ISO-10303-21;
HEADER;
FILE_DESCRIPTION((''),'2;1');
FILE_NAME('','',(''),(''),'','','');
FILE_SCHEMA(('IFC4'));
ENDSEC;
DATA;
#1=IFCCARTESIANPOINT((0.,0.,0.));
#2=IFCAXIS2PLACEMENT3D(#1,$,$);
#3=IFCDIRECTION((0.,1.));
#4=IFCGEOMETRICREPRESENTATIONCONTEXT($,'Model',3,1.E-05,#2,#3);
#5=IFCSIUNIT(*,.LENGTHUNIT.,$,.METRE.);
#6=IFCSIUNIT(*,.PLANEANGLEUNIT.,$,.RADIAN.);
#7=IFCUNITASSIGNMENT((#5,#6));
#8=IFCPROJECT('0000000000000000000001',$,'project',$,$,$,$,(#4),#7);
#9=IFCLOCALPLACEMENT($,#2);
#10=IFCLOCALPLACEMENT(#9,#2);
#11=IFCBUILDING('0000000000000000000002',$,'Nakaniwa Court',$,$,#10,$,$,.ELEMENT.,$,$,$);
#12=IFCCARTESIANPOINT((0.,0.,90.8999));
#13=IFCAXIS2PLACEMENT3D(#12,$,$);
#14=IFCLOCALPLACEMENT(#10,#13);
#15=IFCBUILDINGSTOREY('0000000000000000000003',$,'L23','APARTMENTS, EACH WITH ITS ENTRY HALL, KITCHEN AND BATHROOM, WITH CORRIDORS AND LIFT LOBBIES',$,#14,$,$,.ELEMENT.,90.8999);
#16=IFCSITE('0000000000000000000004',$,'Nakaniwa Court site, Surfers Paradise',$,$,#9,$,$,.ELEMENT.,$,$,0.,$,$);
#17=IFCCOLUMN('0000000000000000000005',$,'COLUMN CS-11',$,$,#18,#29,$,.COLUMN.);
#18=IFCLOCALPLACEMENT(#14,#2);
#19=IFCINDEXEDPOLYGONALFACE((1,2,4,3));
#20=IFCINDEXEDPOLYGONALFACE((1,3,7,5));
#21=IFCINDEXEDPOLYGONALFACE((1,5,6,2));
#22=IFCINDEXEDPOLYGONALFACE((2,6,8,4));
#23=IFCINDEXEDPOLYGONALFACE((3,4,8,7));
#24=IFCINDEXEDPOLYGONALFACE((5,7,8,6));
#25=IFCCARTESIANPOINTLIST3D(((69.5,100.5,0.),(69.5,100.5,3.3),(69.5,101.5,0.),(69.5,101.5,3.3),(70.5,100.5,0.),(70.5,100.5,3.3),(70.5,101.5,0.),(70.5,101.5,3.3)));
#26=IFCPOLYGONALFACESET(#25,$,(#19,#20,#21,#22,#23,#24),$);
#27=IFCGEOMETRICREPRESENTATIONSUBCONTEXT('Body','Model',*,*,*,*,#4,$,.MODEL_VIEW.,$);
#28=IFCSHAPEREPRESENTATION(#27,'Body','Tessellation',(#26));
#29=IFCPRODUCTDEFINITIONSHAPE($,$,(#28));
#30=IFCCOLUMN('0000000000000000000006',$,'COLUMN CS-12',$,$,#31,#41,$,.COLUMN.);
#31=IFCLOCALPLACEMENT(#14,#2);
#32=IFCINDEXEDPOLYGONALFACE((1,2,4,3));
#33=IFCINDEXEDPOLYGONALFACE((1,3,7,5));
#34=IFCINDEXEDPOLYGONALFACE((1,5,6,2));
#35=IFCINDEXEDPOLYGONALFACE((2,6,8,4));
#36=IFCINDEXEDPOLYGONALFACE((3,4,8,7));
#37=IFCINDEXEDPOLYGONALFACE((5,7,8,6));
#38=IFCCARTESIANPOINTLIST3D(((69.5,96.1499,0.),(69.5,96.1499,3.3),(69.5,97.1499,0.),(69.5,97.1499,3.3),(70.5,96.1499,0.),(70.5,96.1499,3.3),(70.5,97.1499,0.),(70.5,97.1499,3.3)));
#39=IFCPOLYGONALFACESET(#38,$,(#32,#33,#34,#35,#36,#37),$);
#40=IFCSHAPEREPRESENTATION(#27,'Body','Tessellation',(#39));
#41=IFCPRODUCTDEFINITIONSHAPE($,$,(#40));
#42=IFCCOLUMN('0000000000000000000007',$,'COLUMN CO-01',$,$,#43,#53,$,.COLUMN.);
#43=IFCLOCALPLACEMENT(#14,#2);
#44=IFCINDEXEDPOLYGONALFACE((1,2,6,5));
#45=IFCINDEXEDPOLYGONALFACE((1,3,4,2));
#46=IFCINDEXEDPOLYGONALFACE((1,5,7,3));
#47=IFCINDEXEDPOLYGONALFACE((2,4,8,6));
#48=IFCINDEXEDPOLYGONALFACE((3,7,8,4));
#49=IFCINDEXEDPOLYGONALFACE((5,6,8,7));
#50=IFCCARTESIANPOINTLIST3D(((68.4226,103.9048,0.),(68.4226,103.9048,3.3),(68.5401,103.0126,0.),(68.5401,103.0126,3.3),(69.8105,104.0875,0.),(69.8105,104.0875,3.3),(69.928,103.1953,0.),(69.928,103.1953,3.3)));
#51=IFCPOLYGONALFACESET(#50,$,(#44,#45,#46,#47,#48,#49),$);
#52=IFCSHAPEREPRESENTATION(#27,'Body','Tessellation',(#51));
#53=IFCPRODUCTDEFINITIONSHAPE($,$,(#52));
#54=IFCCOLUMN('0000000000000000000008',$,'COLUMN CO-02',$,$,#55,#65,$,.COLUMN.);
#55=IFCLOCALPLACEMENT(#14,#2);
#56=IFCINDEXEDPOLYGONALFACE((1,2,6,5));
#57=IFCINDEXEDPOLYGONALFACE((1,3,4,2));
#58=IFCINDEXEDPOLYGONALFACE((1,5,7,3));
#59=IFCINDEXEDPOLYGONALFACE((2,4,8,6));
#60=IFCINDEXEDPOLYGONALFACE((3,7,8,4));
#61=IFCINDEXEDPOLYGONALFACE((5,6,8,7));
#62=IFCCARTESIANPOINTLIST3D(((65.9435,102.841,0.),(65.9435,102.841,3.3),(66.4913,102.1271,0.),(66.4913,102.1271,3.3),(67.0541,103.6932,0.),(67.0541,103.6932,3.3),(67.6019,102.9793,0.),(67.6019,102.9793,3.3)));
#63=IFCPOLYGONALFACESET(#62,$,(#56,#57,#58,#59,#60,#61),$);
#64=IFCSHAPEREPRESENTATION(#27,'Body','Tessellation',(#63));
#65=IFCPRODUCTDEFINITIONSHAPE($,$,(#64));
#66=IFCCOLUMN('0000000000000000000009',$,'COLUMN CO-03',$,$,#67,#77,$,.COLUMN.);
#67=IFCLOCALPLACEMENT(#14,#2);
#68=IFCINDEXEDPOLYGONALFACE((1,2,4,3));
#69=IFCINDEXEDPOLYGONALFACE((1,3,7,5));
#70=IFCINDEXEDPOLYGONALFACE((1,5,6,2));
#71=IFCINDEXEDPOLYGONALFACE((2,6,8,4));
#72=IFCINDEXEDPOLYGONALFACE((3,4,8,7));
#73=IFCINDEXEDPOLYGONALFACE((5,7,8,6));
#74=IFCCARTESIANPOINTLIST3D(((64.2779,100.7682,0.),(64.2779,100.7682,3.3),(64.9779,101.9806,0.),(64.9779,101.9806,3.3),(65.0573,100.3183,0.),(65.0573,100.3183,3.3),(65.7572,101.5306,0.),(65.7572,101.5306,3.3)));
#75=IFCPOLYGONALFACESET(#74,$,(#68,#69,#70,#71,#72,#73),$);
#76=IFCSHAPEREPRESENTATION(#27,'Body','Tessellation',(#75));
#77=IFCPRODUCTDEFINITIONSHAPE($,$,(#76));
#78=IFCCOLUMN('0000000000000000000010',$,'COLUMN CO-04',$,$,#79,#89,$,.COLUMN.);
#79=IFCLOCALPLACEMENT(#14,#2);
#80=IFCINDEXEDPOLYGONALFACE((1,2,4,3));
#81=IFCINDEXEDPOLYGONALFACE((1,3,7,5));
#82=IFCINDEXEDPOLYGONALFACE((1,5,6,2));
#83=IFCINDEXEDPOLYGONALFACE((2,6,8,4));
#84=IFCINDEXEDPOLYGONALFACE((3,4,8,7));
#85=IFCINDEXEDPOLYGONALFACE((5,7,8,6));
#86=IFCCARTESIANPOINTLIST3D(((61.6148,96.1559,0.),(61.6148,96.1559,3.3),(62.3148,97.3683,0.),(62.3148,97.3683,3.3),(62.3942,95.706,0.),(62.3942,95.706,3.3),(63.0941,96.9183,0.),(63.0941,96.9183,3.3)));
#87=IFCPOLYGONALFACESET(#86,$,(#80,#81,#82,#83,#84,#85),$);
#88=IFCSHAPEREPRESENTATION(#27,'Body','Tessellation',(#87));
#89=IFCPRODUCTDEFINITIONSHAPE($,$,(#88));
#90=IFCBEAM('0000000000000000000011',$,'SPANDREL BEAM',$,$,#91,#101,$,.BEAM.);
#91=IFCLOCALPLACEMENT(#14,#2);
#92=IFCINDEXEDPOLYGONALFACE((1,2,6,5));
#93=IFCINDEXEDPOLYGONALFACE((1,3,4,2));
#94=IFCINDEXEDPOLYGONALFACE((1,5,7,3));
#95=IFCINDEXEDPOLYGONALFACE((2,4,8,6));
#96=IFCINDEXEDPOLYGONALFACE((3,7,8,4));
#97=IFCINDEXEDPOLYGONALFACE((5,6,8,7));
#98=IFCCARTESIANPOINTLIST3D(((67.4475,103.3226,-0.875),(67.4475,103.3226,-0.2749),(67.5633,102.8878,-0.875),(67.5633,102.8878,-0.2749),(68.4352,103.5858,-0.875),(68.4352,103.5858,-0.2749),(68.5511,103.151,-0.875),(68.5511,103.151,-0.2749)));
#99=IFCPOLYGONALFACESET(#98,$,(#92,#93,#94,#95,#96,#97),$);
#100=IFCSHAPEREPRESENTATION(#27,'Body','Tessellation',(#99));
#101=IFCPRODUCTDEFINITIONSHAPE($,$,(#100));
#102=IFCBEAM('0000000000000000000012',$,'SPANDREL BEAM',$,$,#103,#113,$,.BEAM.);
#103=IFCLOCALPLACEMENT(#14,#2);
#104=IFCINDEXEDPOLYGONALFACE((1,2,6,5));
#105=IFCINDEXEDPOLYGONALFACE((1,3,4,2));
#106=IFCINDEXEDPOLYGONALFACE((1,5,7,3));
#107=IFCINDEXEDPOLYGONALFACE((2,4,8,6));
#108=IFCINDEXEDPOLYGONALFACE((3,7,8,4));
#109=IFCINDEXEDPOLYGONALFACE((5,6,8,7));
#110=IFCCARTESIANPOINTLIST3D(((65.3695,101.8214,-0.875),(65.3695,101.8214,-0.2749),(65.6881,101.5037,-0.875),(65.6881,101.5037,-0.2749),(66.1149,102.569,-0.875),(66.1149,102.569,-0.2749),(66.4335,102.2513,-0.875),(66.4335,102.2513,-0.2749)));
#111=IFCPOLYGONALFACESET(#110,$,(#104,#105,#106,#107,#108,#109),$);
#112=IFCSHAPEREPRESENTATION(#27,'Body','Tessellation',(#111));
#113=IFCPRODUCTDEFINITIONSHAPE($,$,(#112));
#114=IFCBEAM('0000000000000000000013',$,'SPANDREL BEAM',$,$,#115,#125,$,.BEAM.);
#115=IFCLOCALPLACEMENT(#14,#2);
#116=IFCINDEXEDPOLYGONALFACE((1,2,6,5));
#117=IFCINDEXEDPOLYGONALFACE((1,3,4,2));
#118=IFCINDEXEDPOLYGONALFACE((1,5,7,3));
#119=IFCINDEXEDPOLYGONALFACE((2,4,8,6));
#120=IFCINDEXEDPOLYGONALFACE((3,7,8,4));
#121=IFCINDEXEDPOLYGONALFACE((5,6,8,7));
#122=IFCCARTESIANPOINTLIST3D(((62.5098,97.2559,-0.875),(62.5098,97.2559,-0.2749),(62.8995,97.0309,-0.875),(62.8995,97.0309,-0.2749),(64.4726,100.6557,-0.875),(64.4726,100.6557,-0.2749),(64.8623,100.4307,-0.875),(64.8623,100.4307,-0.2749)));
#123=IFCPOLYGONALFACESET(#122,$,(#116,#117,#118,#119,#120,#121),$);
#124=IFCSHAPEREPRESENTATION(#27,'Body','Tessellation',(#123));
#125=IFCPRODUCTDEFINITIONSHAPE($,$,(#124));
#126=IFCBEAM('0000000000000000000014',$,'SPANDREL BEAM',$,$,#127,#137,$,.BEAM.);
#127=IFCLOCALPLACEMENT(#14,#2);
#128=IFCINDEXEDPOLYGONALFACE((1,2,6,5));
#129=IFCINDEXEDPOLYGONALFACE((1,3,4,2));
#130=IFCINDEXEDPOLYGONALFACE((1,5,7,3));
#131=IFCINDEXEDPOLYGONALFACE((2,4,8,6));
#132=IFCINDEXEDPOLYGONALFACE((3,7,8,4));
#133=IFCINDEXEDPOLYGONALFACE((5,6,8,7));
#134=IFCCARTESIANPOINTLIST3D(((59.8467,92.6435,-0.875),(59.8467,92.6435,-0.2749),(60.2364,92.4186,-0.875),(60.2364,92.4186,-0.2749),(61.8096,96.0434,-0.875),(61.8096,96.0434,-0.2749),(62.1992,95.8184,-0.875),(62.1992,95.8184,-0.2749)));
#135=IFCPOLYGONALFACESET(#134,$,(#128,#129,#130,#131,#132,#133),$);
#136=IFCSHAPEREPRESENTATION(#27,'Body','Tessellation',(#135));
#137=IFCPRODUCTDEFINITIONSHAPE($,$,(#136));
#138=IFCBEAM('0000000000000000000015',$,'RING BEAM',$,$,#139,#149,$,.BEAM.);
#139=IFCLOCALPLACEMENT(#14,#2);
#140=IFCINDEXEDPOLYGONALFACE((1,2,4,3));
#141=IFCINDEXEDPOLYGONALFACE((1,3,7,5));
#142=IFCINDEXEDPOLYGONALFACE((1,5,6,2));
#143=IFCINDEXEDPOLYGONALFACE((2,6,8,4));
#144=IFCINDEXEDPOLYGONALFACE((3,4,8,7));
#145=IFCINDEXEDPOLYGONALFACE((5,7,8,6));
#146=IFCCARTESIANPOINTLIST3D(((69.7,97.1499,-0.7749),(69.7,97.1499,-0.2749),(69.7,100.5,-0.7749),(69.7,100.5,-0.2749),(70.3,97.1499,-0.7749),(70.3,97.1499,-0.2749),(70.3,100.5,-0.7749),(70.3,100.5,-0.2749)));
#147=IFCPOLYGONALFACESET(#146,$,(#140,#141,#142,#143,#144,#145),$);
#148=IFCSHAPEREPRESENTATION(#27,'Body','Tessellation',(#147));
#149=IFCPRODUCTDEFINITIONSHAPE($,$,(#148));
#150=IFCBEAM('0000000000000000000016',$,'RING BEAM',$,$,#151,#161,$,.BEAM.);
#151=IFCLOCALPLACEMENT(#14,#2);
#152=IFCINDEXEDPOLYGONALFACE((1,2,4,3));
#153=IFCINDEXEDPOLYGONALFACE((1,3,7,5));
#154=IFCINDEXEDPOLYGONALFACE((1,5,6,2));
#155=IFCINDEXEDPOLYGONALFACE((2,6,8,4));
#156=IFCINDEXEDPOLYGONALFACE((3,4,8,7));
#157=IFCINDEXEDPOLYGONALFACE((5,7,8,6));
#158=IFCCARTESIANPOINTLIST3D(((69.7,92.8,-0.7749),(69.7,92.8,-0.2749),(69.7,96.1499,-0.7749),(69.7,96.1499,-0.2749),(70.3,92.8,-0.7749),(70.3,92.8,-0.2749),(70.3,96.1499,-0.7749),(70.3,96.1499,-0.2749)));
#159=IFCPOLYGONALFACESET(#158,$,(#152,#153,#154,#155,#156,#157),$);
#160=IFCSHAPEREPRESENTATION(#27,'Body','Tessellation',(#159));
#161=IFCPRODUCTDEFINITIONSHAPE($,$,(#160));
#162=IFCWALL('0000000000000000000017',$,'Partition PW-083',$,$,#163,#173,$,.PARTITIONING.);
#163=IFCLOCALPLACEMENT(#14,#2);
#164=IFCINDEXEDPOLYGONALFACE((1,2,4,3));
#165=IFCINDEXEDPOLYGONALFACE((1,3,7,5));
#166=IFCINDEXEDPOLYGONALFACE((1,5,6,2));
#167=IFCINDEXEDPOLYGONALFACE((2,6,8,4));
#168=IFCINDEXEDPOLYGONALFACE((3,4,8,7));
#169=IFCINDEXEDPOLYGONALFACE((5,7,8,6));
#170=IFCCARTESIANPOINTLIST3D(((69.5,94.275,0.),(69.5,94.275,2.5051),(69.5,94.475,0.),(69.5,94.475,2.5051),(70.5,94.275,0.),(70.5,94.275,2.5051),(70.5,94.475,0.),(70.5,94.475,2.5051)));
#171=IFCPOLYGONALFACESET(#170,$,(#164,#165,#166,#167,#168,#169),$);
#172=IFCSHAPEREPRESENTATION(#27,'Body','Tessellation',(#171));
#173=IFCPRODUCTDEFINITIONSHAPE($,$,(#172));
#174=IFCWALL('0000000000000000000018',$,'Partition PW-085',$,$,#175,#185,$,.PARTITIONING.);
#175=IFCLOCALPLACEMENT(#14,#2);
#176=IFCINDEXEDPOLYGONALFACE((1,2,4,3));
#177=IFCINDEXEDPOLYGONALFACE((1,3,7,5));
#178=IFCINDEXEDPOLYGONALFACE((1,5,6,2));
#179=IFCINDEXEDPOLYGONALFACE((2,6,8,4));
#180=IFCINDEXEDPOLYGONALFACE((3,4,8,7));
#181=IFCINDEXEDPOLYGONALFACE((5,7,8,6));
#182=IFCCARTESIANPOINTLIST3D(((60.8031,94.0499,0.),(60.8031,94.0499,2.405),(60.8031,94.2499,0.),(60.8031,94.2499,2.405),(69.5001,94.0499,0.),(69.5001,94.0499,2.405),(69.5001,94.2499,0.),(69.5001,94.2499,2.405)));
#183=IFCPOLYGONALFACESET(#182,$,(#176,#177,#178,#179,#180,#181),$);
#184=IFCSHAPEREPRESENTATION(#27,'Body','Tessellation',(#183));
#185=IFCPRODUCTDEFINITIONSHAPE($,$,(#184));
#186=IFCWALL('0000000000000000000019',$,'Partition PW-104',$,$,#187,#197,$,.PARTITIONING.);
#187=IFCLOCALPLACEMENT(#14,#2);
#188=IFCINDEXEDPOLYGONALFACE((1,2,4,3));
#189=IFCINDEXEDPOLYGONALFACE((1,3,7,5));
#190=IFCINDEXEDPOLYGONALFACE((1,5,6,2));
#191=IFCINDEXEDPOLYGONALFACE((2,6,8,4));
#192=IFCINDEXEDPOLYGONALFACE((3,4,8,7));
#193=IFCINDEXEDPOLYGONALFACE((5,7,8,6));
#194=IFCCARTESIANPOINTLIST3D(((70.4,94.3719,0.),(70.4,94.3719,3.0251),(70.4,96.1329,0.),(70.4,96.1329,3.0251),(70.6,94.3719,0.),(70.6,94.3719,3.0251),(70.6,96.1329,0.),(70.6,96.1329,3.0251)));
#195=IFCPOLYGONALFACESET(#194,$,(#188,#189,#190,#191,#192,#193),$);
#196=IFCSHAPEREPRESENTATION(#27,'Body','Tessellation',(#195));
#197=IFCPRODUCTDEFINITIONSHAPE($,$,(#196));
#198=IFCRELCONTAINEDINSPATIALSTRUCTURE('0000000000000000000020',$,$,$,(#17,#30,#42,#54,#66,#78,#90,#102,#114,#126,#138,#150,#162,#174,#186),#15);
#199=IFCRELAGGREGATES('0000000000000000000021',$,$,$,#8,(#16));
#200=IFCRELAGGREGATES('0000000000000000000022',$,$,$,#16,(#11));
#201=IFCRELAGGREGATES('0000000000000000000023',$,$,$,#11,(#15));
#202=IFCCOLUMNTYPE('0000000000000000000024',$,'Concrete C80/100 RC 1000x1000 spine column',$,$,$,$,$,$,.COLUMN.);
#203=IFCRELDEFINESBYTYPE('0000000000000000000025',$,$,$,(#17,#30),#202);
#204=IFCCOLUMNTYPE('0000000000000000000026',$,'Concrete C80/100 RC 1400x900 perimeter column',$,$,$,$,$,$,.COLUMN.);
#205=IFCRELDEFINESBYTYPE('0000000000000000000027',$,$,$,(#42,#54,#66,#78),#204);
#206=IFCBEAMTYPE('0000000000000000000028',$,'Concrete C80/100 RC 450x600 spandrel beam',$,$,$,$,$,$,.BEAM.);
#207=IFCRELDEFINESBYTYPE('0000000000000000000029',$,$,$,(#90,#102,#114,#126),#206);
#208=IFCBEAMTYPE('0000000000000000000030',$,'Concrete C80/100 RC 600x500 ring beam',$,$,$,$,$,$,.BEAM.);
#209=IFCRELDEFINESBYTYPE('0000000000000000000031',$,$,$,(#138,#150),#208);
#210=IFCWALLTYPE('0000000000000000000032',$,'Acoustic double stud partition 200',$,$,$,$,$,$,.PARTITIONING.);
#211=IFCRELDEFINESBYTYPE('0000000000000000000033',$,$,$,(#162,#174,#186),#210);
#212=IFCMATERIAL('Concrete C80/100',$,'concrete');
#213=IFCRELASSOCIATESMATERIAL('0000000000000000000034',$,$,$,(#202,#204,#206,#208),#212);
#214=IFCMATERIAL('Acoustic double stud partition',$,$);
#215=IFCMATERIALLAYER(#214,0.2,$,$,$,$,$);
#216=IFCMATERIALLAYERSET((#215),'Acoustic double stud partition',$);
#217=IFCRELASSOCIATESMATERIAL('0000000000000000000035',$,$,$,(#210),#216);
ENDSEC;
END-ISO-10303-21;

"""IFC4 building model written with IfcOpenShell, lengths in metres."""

from ifc_helpers import new_model, si_unit, direction, frame, frame_2d, origin, origin_2d, place, context, subcontext, project, spatial, rectangle, extrude, material, layer, layer_set, material_profile, profile_set, type_object, element, save


model = new_model("IFC4")

# Units and contexts
model_context = context("Model", 3, precision=1e-05, world=origin(), true_north=direction((0.0, 1.0)))
body_context = subcontext(model_context, "Body", "Model", "MODEL_VIEW")
ifc_project = project(units=[si_unit("LENGTHUNIT", "METRE"), si_unit("PLANEANGLEUNIT", "RADIAN")], contexts=[model_context])

# Site, building, storey
site_placement = place(None, origin())
site = spatial("IfcSite", under=ifc_project, at=site_placement, Name="Nakaniwa Court site, Surfers Paradise", CompositionType="ELEMENT", RefElevation=0.0)
building_placement = place(site_placement, origin())
building = spatial("IfcBuilding", under=site, at=building_placement, Name="Nakaniwa Court", CompositionType="ELEMENT")
storey_placement = place(building_placement, frame((0.0, 0.0, 90.8999)))
storey = spatial("IfcBuildingStorey", under=building, at=storey_placement, Name="L23", Description="APARTMENTS, EACH WITH ITS ENTRY HALL, KITCHEN AND BATHROOM, WITH CORRIDORS AND LIFT LOBBIES", CompositionType="ELEMENT", Elevation=90.8999)

# Columns
ifc_material_1 = material(Name="Concrete C80/100", Category="concrete")
ifc_material_profile_1 = material_profile(ifc_material_1, rectangle(XDim=1.0, YDim=1.0, at=origin_2d()), Name="Concrete C80/100 RC 1000x1000 spine column")
ifc_profile_set_1 = profile_set([ifc_material_profile_1], Name="Concrete C80/100")
column_type_1 = type_object("IfcColumnType", Name="Concrete C80/100 RC 1000x1000 spine column", PredefinedType="COLUMN", material=ifc_profile_set_1)
for number, where, z_axis, x_axis, name in (
    (1, (70.0, 101.0, 0.0), (0.0, 0.0, 1.0), (0.0, -1.0, 0.0), "COLUMN CS-11"),
    (2, (70.0, 96.6499, 0.0), (0.0, 0.0, 1.0), (0.0, -1.0, 0.0), "COLUMN CS-12"),
):
    element("IfcColumn", number, at=place(storey_placement, frame(where, z_axis=z_axis, x_axis=x_axis)), inside=storey, type_object=column_type_1, Name=name, PredefinedType="COLUMN", context=body_context, shape_type="SweptSolid", body=[
        extrude(rectangle(XDim=1.0, YDim=1.0, at=origin_2d()), origin(), (0.0, 0.0, 1.0), 3.3),
    ])
ifc_material_profile_2 = material_profile(ifc_material_1, rectangle(XDim=1.3999, YDim=0.8999, at=origin_2d()), Name="Concrete C80/100 RC 1400x900 perimeter column")
ifc_profile_set_2 = profile_set([ifc_material_profile_2], Name="Concrete C80/100")
column_type_2 = type_object("IfcColumnType", Name="Concrete C80/100 RC 1400x900 perimeter column", PredefinedType="COLUMN", material=ifc_profile_set_2)
for number, where, z_axis, x_axis, name in (
    (3, (69.1753, 103.55, 0.0), (0.0, 0.0, 1.0), (-0.991443, -0.130543, 0.0), "COLUMN CO-01"),
    (4, (66.7727, 102.9102, 0.0), (0.0, 0.0, 1.0), (-0.793364, -0.608748, 0.0), "COLUMN CO-02"),
    (5, (65.0176, 101.1494, 0.0), (0.0, 0.0, 1.0), (-0.5, -0.866025, 0.0), "COLUMN CO-03"),
    (6, (62.3545, 96.5371, 0.0), (0.0, 0.0, 1.0), (-0.5, -0.866025, 0.0), "COLUMN CO-04"),
):
    element("IfcColumn", number, at=place(storey_placement, frame(where, z_axis=z_axis, x_axis=x_axis)), inside=storey, type_object=column_type_2, Name=name, PredefinedType="COLUMN", context=body_context, shape_type="SweptSolid", body=[
        extrude(rectangle(XDim=1.3999, YDim=0.8999, at=origin_2d()), origin(), (0.0, 0.0, 1.0), 3.3),
    ])

# Beams
ifc_material_profile_3 = material_profile(ifc_material_1, rectangle(XDim=0.45, YDim=0.6001, at=origin_2d()), Name="Concrete C80/100 RC 450x600 spandrel beam")
ifc_profile_set_3 = profile_set([ifc_material_profile_3], Name="Concrete C80/100")
beam_type_1 = type_object("IfcBeamType", Name="Concrete C80/100 RC 450x600 spandrel beam", PredefinedType="BEAM", material=ifc_profile_set_3)
beam_1_placement = place(storey_placement, frame((68.4932, 103.3684, -0.575), z_axis=(-0.96629, -0.257455, 0.0), x_axis=(0.257455, -0.96629, 0.0)))
element("IfcBeam", 7, at=beam_1_placement, inside=storey, type_object=beam_type_1, Name="SPANDREL BEAM", PredefinedType="BEAM", context=body_context, shape_type="SweptSolid", body=[
    extrude(rectangle(XDim=0.45, YDim=0.6001, at=origin_2d()), origin(), (0.0, 0.0, 1.0), 1.0222),
])
beam_2_placement = place(storey_placement, frame((66.2742, 102.4102, -0.575), z_axis=(-0.706065, -0.708147, 0.0), x_axis=(0.708147, -0.706065, 0.0)))
element("IfcBeam", 8, at=beam_2_placement, inside=storey, type_object=beam_type_1, Name="SPANDREL BEAM", PredefinedType="BEAM", context=body_context, shape_type="SweptSolid", body=[
    extrude(rectangle(XDim=0.45, YDim=0.6001, at=origin_2d()), origin(), (0.0, 0.0, 1.0), 1.0557),
])
for number, where, z_axis, x_axis, name in (
    (9, (64.6675, 100.5432, -0.575), (-0.499992, -0.86603, 0.0), (0.86603, -0.499992, 0.0), "SPANDREL BEAM"),
    (10, (62.0044, 95.9309, -0.575), (-0.499992, -0.86603, 0.0), (0.86603, -0.499992, 0.0), "SPANDREL BEAM"),
):
    element("IfcBeam", number, at=place(storey_placement, frame(where, z_axis=z_axis, x_axis=x_axis)), inside=storey, type_object=beam_type_1, Name=name, PredefinedType="BEAM", context=body_context, shape_type="SweptSolid", body=[
        extrude(rectangle(XDim=0.45, YDim=0.6001, at=origin_2d()), origin(), (0.0, 0.0, 1.0), 3.9258),
    ])
ifc_material_profile_4 = material_profile(ifc_material_1, rectangle(XDim=0.6001, YDim=0.5, at=origin_2d()), Name="Concrete C80/100 RC 600x500 ring beam")
ifc_profile_set_4 = profile_set([ifc_material_profile_4], Name="Concrete C80/100")
beam_type_2 = type_object("IfcBeamType", Name="Concrete C80/100 RC 600x500 ring beam", PredefinedType="BEAM", material=ifc_profile_set_4)
beam_3_placement = place(storey_placement, frame((70.0, 100.5, -0.5249), z_axis=(0.0, -1.0, 0.0), x_axis=(1.0, 0.0, 0.0)))
element("IfcBeam", 11, at=beam_3_placement, inside=storey, type_object=beam_type_2, Name="RING BEAM", PredefinedType="BEAM", context=body_context, shape_type="SweptSolid", body=[
    extrude(rectangle(XDim=0.6001, YDim=0.5, at=origin_2d()), origin(), (0.0, 0.0, 1.0), 3.3501),
])
beam_4_placement = place(storey_placement, frame((70.0, 96.1499, -0.5249), z_axis=(0.0, -1.0, 0.0), x_axis=(1.0, 0.0, 0.0)))
element("IfcBeam", 12, at=beam_4_placement, inside=storey, type_object=beam_type_2, Name="RING BEAM", PredefinedType="BEAM", context=body_context, shape_type="SweptSolid", body=[
    extrude(rectangle(XDim=0.6001, YDim=0.5, at=origin_2d()), origin(), (0.0, 0.0, 1.0), 3.3499),
])

# Walls
ifc_material_2 = material(Name="Acoustic double stud partition")
ifc_layer_1 = layer(ifc_material_2, 0.2)
ifc_layer_set_1 = layer_set([ifc_layer_1], Name="Acoustic double stud partition")
wall_type_1 = type_object("IfcWallType", Name="Acoustic double stud partition 200", PredefinedType="PARTITIONING", material=ifc_layer_set_1)
wall_1_placement = place(storey_placement, frame((69.5, 94.375, 0.0), z_axis=(0.0, 0.0, 1.0), x_axis=(1.0, 0.0, 0.0)))
element("IfcWall", 13, at=wall_1_placement, inside=storey, type_object=wall_type_1, Name="Partition PW-083", PredefinedType="PARTITIONING", context=body_context, shape_type="SweptSolid", body=[
    extrude(rectangle(XDim=1.0, YDim=0.2, at=frame_2d((0.5, 0.0))), origin(), (0.0, 0.0, 1.0), 2.5051),
])
wall_2_placement = place(storey_placement, frame((60.803, 94.1499, 0.0), z_axis=(0.0, 0.0, 1.0), x_axis=(1.0, 0.0, 0.0)))
element("IfcWall", 14, at=wall_2_placement, inside=storey, type_object=wall_type_1, Name="Partition PW-085", PredefinedType="PARTITIONING", context=body_context, shape_type="SweptSolid", body=[
    extrude(rectangle(XDim=8.697, YDim=0.2, at=frame_2d((4.3486, 0.0))), origin(), (0.0, 0.0, 1.0), 2.405),
])
wall_3_placement = place(storey_placement, frame((70.5, 94.3721, 0.0), z_axis=(0.0, 0.0, 1.0), x_axis=(0.0, 1.0, 0.0)))
element("IfcWall", 15, at=wall_3_placement, inside=storey, type_object=wall_type_1, Name="Partition PW-104", PredefinedType="PARTITIONING", context=body_context, shape_type="SweptSolid", body=[
    extrude(rectangle(XDim=1.761, YDim=0.2, at=frame_2d((0.8804, 0.0))), origin(), (0.0, 0.0, 1.0), 3.0251),
])

save(model, "model.ifc")
